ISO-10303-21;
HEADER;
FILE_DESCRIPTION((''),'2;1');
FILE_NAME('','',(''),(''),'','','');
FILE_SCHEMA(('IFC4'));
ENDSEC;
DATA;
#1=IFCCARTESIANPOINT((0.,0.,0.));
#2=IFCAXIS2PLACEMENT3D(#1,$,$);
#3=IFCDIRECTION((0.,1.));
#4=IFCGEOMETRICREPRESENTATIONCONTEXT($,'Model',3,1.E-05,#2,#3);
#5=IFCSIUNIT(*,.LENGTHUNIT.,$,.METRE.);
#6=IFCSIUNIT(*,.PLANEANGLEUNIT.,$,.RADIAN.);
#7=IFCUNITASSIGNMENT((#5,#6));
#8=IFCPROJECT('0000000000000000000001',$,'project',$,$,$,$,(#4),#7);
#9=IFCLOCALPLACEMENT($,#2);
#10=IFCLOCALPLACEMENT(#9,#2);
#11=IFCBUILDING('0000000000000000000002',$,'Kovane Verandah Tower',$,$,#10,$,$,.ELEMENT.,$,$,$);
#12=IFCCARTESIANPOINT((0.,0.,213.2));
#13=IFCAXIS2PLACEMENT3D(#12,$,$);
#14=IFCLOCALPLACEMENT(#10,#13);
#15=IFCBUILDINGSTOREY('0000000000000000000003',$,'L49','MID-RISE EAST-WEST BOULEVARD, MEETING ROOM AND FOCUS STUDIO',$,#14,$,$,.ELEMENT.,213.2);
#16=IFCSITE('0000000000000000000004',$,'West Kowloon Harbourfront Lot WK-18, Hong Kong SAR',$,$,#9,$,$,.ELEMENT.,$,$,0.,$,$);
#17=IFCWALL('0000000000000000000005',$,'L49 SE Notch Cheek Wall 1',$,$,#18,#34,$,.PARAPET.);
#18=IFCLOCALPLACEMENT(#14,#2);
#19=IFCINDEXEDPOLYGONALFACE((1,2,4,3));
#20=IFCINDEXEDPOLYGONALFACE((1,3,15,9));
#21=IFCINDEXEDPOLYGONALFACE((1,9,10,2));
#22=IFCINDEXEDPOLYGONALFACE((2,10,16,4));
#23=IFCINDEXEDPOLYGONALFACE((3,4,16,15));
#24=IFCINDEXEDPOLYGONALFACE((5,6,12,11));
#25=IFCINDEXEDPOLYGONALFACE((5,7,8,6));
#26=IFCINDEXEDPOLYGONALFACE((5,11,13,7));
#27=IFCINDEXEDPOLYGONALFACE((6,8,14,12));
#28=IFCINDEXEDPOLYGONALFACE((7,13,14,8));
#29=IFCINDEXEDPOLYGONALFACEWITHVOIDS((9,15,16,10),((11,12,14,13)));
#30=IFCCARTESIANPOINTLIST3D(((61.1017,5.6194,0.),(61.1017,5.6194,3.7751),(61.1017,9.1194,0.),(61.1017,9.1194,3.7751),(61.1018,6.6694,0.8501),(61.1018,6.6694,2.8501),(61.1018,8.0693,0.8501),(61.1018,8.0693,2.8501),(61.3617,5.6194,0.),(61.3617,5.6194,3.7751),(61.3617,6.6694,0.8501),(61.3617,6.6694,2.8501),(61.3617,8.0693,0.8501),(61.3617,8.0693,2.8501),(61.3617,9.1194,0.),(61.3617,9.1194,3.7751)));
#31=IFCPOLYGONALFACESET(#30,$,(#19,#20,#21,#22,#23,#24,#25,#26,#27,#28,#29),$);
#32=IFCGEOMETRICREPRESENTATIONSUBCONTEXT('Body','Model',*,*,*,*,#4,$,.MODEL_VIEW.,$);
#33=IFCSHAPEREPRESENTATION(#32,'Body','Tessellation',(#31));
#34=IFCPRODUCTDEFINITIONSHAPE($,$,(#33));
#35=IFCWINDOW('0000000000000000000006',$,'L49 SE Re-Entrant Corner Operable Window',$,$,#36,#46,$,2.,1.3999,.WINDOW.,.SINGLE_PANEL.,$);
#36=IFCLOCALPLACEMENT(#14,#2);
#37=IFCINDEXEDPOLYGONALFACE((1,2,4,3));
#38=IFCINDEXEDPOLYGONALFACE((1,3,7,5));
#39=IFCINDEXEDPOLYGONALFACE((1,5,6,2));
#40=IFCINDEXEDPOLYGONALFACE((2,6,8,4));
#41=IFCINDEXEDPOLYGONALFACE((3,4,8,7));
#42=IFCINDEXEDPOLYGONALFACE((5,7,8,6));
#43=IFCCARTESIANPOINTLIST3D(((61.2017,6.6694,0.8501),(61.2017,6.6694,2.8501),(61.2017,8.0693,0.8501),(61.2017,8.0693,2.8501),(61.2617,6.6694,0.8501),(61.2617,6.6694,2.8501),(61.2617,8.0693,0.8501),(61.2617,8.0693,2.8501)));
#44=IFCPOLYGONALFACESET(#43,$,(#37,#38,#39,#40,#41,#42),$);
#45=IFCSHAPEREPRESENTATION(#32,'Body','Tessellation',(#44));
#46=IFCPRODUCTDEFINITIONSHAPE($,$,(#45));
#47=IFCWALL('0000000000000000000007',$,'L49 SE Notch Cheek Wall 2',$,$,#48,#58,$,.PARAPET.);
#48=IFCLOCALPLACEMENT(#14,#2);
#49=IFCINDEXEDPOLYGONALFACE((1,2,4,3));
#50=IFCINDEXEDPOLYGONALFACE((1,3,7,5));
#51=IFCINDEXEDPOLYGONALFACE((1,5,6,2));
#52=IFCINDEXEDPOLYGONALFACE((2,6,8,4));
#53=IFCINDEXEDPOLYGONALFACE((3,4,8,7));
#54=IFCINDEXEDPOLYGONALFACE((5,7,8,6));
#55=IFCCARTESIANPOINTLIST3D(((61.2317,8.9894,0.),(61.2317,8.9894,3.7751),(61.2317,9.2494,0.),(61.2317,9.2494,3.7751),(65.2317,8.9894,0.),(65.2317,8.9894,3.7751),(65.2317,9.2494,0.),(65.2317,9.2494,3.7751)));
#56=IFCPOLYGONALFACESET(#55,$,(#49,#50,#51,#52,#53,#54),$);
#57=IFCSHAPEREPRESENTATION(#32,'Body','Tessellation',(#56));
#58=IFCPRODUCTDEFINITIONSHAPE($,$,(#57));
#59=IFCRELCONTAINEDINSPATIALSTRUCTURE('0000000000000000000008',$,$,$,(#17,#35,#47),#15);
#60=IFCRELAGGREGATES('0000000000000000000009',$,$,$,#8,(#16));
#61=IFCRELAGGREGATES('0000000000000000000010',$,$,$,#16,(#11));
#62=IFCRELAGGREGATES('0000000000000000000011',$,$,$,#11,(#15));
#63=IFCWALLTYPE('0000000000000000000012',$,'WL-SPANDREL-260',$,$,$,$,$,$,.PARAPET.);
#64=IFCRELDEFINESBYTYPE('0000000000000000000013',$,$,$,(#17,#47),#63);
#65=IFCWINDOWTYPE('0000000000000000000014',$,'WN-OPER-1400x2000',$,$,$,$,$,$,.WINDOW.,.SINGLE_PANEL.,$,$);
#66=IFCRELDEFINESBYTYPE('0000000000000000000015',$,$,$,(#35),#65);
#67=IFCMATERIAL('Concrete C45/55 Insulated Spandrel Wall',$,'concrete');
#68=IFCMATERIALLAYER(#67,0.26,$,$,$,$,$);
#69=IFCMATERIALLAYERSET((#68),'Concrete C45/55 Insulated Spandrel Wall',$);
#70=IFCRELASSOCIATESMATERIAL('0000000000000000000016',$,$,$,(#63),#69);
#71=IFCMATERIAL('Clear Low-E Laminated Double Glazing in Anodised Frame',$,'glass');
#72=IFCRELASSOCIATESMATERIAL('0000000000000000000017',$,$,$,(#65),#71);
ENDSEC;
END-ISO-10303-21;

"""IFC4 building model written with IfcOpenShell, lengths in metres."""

from ifc_helpers import new_model, si_unit, direction, frame, frame_2d, origin, place, context, subcontext, project, spatial, rectangle, extrude, material, layer, layer_set, type_object, element, fill, save


model = new_model("IFC4")

# Units and contexts
model_context = context("Model", 3, precision=1e-05, world=origin(), true_north=direction((0.0, 1.0)))
body_context = subcontext(model_context, "Body", "Model", "MODEL_VIEW")
ifc_project = project(units=[si_unit("LENGTHUNIT", "METRE"), si_unit("PLANEANGLEUNIT", "RADIAN")], contexts=[model_context])

# Site, building, storey
site_placement = place(None, origin())
site = spatial("IfcSite", under=ifc_project, at=site_placement, Name="West Kowloon Harbourfront Lot WK-18, Hong Kong SAR", CompositionType="ELEMENT", RefElevation=0.0)
building_placement = place(site_placement, origin())
building = spatial("IfcBuilding", under=site, at=building_placement, Name="Kovane Verandah Tower", CompositionType="ELEMENT")
storey_placement = place(building_placement, frame((0.0, 0.0, 213.2)))
storey = spatial("IfcBuildingStorey", under=building, at=storey_placement, Name="L49", Description="MID-RISE EAST-WEST BOULEVARD, MEETING ROOM AND FOCUS STUDIO", CompositionType="ELEMENT", Elevation=213.2)

# Shared definitions
ifc_material_1 = material(Name="Concrete C45/55 Insulated Spandrel Wall", Category="concrete")
ifc_layer_1 = layer(ifc_material_1, 0.26)
ifc_layer_set_1 = layer_set([ifc_layer_1], Name="Concrete C45/55 Insulated Spandrel Wall")
wall_type_1 = type_object("IfcWallType", Name="WL-SPANDREL-260", PredefinedType="PARAPET", material=ifc_layer_set_1)
ifc_material_2 = material(Name="Clear Low-E Laminated Double Glazing in Anodised Frame", Category="glass")

# Wall, opening, window
wall_1_placement = place(storey_placement, frame((61.2317, 5.6194, 0.0), z_axis=(0.0, 0.0, 1.0), x_axis=(0.0, 1.0, 0.0)))
wall_1 = element("IfcWall", 1, at=wall_1_placement, inside=storey, type_object=wall_type_1, Name="L49 SE Notch Cheek Wall 1", PredefinedType="PARAPET", context=body_context, shape_type="SweptSolid", body=[
    extrude(rectangle(XDim=3.5, YDim=0.26, at=frame_2d((1.75, 0.0))), origin(), (0.0, 0.0, 1.0), 3.7751),
])
opening_1_placement = place(wall_1_placement, frame((1.05, 0.0, 0.8501)))
opening_1 = element("IfcOpeningElement", 2, at=opening_1_placement, cuts=wall_1, PredefinedType="OPENING", context=body_context, shape_type="SweptSolid", body=[
    extrude(rectangle(XDim=1.3999, YDim=2.0, at=frame_2d((0.7, 1.0))), frame((0.0, 0.1299, 0.0), z_axis=(0.0, -1.0, 0.0), x_axis=(1.0, 0.0, 0.0)), (0.0, 0.0, 1.0), 0.26),
])
window_type_1 = type_object("IfcWindowType", Name="WN-OPER-1400x2000", PartitioningType="SINGLE_PANEL", PredefinedType="WINDOW", material=ifc_material_2)
window_1_placement = place(opening_1_placement, origin())
window_1 = element("IfcWindow", 3, at=window_1_placement, inside=storey, type_object=window_type_1, Name="L49 SE Re-Entrant Corner Operable Window", OverallHeight=2.0, OverallWidth=1.3999, PartitioningType="SINGLE_PANEL", PredefinedType="WINDOW", context=body_context, shape_type="SweptSolid", body=[
    extrude(rectangle(XDim=1.3999, YDim=2.0, at=frame_2d((0.7, 1.0))), frame((0.0, 0.03, 0.0), z_axis=(0.0, -1.0, 0.0), x_axis=(1.0, 0.0, 0.0)), (0.0, 0.0, 1.0), 0.0601),
])
fill(opening_1, window_1)

# Wall
wall_2_placement = place(storey_placement, frame((61.2317, 9.1194, 0.0), z_axis=(0.0, 0.0, 1.0), x_axis=(1.0, 0.0, 0.0)))
element("IfcWall", 4, at=wall_2_placement, inside=storey, type_object=wall_type_1, Name="L49 SE Notch Cheek Wall 2", PredefinedType="PARAPET", context=body_context, shape_type="SweptSolid", body=[
    extrude(rectangle(XDim=4.0, YDim=0.26, at=frame_2d((2.0, 0.0))), origin(), (0.0, 0.0, 1.0), 3.7751),
])

save(model, "model.ifc")
